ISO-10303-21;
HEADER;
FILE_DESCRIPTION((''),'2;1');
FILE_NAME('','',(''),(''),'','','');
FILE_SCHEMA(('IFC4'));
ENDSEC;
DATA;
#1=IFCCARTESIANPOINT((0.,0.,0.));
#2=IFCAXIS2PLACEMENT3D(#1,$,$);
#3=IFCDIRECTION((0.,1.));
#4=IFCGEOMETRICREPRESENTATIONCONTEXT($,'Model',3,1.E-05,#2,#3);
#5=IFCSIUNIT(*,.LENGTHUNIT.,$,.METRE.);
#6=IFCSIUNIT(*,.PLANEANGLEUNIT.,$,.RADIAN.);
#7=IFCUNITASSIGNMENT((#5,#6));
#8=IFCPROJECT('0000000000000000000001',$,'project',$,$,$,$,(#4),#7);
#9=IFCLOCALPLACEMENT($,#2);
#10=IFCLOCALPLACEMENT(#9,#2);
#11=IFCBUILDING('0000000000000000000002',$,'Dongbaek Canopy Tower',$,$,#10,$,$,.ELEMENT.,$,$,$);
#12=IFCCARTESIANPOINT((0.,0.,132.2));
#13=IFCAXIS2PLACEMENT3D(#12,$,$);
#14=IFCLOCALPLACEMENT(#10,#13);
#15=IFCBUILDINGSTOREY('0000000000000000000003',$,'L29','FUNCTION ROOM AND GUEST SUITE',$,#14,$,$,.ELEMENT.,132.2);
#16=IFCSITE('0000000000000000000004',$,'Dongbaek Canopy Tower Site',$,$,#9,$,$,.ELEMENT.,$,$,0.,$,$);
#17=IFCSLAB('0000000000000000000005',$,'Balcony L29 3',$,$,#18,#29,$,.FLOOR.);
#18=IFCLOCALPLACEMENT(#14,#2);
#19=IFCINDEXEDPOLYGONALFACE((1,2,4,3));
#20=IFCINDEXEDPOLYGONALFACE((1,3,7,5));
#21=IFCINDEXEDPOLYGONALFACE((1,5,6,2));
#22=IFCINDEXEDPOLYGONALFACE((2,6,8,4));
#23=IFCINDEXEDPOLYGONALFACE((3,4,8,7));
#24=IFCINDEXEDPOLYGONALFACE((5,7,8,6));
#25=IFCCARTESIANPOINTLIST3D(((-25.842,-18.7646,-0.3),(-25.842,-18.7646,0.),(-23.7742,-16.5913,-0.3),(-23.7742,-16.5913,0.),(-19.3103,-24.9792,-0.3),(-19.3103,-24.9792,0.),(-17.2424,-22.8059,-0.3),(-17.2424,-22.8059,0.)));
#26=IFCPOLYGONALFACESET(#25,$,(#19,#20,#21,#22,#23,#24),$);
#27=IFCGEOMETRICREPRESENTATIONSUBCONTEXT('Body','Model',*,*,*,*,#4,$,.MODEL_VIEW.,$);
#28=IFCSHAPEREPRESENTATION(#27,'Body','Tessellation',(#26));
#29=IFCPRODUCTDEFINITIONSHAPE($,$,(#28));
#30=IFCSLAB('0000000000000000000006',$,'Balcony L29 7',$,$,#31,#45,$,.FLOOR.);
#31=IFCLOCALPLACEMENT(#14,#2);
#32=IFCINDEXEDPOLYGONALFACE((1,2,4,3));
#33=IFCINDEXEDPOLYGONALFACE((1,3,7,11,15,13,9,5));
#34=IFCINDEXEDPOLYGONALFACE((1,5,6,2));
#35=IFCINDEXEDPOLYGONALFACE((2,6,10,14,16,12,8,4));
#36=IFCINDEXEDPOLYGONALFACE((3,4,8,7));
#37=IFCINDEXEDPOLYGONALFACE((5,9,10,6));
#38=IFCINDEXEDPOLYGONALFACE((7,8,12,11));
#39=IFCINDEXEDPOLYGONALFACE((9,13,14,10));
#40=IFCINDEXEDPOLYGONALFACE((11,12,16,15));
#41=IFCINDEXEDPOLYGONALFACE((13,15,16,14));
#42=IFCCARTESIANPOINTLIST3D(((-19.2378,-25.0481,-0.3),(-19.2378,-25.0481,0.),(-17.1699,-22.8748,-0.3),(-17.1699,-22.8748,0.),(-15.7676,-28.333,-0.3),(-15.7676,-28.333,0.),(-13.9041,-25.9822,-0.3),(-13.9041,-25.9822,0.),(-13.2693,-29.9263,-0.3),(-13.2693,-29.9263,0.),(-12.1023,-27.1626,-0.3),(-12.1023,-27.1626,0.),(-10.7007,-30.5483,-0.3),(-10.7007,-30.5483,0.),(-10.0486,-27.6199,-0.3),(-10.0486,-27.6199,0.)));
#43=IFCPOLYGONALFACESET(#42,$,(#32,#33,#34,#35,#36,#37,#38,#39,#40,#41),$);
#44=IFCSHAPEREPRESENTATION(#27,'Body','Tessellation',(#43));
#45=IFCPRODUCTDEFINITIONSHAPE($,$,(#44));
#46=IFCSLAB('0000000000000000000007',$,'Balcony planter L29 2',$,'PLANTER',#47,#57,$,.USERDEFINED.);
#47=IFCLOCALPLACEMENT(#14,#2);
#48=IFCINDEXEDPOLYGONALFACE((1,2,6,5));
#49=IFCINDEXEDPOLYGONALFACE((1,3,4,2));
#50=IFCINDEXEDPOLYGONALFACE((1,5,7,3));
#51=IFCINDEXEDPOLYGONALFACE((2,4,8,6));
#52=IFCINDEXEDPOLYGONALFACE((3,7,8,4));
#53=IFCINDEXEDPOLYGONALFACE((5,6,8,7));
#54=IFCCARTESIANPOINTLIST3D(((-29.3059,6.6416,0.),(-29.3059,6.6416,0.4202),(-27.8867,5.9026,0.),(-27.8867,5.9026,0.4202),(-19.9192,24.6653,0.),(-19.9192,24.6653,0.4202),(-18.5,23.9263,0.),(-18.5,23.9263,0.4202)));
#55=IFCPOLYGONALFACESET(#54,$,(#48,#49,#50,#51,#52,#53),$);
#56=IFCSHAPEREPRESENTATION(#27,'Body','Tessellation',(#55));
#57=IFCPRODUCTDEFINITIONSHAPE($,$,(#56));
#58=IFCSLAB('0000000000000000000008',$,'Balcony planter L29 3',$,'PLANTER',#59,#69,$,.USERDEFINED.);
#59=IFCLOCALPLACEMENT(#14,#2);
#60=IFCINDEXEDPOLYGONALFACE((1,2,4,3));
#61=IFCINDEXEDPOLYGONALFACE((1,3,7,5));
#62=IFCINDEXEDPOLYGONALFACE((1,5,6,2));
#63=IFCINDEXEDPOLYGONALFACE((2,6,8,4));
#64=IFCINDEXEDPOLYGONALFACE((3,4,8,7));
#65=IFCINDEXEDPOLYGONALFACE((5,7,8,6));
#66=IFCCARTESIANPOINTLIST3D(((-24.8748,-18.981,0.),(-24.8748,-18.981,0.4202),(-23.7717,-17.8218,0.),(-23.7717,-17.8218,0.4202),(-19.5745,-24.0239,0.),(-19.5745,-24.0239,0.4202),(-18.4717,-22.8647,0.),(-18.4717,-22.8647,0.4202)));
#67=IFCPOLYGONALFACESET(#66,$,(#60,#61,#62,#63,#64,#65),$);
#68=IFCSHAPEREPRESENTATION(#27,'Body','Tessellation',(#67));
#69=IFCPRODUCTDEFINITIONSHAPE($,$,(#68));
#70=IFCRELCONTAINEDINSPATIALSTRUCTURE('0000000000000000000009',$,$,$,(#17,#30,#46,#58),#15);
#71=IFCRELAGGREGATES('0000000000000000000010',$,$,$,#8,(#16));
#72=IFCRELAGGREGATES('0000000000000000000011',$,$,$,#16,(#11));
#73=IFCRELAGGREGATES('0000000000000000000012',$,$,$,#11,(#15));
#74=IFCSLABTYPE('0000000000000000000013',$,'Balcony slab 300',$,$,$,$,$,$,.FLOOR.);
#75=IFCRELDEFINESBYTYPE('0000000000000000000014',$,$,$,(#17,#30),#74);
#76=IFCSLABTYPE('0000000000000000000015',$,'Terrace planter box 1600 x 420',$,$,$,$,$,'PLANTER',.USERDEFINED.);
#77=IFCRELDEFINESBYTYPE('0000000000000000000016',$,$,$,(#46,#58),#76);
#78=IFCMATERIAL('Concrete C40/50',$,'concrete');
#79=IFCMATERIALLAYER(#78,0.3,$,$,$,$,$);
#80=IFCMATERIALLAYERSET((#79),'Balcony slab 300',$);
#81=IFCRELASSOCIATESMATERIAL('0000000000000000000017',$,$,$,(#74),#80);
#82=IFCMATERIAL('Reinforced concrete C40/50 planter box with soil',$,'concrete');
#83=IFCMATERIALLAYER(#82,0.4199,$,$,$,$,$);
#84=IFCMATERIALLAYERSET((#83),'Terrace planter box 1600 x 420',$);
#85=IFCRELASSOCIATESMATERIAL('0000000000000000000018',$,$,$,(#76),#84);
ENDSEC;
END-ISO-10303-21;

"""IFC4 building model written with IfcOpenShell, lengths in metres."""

from ifc_helpers import new_model, si_unit, direction, frame, origin, place, context, subcontext, project, spatial, polyline, outline, extrude, material, layer, layer_set, type_object, element, save


model = new_model("IFC4")

# Units and contexts
model_context = context("Model", 3, precision=1e-05, world=origin(), true_north=direction((0.0, 1.0)))
body_context = subcontext(model_context, "Body", "Model", "MODEL_VIEW")
ifc_project = project(units=[si_unit("LENGTHUNIT", "METRE"), si_unit("PLANEANGLEUNIT", "RADIAN")], contexts=[model_context])

# Site, building, storey
site_placement = place(None, origin())
site = spatial("IfcSite", under=ifc_project, at=site_placement, Name="Dongbaek Canopy Tower Site", CompositionType="ELEMENT", RefElevation=0.0)
building_placement = place(site_placement, origin())
building = spatial("IfcBuilding", under=site, at=building_placement, Name="Dongbaek Canopy Tower", CompositionType="ELEMENT")
storey_placement = place(building_placement, frame((0.0, 0.0, 132.2)))
storey = spatial("IfcBuildingStorey", under=building, at=storey_placement, Name="L29", Description="FUNCTION ROOM AND GUEST SUITE", CompositionType="ELEMENT", Elevation=132.2)

# Slabs
ifc_material_1 = material(Name="Concrete C40/50", Category="concrete")
ifc_layer_1 = layer(ifc_material_1, 0.3)
ifc_layer_set_1 = layer_set([ifc_layer_1], Name="Balcony slab 300")
slab_type_1 = type_object("IfcSlabType", Name="Balcony slab 300", PredefinedType="FLOOR", material=ifc_layer_set_1)
slab_1_placement = place(storey_placement, frame((0.0, 0.0, -0.3)))
element("IfcSlab", 1, at=slab_1_placement, inside=storey, type_object=slab_type_1, Name="Balcony L29 3", PredefinedType="FLOOR", context=body_context, shape_type="SweptSolid", body=[
    extrude(outline(polyline([(-23.7742, -16.5913), (-17.2424, -22.8059), (-19.3103, -24.9792), (-25.842, -18.7646), (-23.7742, -16.5913)])), origin(), (0.0, 0.0, 1.0), 0.3),
])
slab_2_placement = place(storey_placement, frame((0.0, 0.0, -0.3)))
element("IfcSlab", 2, at=slab_2_placement, inside=storey, type_object=slab_type_1, Name="Balcony L29 7", PredefinedType="FLOOR", context=body_context, shape_type="SweptSolid", body=[
    extrude(outline(polyline([(-17.1699, -22.8748), (-13.9041, -25.9822), (-12.1023, -27.1626), (-10.0486, -27.6199), (-10.7007, -30.5483), (-13.2693, -29.9263), (-15.7676, -28.333), (-19.2378, -25.0481), (-17.1699, -22.8748)])), origin(), (0.0, 0.0, 1.0), 0.3),
])
ifc_material_2 = material(Name="Reinforced concrete C40/50 planter box with soil", Category="concrete")
ifc_layer_2 = layer(ifc_material_2, 0.4199)
ifc_layer_set_2 = layer_set([ifc_layer_2], Name="Terrace planter box 1600 x 420")
slab_type_2 = type_object("IfcSlabType", Name="Terrace planter box 1600 x 420", ElementType="PLANTER", PredefinedType="USERDEFINED", material=ifc_layer_set_2)
slab_3_placement = place(storey_placement, origin())
element("IfcSlab", 3, at=slab_3_placement, inside=storey, type_object=slab_type_2, Name="Balcony planter L29 2", ObjectType="PLANTER", PredefinedType="USERDEFINED", context=body_context, shape_type="SweptSolid", body=[
    extrude(outline(polyline([(-18.5, 23.9263), (-27.8867, 5.9026), (-29.3059, 6.6416), (-19.9192, 24.6653), (-18.5, 23.9263)])), origin(), (0.0, 0.0, 1.0), 0.4202),
])
slab_4_placement = place(storey_placement, origin())
element("IfcSlab", 4, at=slab_4_placement, inside=storey, type_object=slab_type_2, Name="Balcony planter L29 3", ObjectType="PLANTER", PredefinedType="USERDEFINED", context=body_context, shape_type="SweptSolid", body=[
    extrude(outline(polyline([(-23.7717, -17.8218), (-18.4717, -22.8647), (-19.5745, -24.0239), (-24.8748, -18.981), (-23.7717, -17.8218)])), origin(), (0.0, 0.0, 1.0), 0.4202),
])

save(model, "model.ifc")
